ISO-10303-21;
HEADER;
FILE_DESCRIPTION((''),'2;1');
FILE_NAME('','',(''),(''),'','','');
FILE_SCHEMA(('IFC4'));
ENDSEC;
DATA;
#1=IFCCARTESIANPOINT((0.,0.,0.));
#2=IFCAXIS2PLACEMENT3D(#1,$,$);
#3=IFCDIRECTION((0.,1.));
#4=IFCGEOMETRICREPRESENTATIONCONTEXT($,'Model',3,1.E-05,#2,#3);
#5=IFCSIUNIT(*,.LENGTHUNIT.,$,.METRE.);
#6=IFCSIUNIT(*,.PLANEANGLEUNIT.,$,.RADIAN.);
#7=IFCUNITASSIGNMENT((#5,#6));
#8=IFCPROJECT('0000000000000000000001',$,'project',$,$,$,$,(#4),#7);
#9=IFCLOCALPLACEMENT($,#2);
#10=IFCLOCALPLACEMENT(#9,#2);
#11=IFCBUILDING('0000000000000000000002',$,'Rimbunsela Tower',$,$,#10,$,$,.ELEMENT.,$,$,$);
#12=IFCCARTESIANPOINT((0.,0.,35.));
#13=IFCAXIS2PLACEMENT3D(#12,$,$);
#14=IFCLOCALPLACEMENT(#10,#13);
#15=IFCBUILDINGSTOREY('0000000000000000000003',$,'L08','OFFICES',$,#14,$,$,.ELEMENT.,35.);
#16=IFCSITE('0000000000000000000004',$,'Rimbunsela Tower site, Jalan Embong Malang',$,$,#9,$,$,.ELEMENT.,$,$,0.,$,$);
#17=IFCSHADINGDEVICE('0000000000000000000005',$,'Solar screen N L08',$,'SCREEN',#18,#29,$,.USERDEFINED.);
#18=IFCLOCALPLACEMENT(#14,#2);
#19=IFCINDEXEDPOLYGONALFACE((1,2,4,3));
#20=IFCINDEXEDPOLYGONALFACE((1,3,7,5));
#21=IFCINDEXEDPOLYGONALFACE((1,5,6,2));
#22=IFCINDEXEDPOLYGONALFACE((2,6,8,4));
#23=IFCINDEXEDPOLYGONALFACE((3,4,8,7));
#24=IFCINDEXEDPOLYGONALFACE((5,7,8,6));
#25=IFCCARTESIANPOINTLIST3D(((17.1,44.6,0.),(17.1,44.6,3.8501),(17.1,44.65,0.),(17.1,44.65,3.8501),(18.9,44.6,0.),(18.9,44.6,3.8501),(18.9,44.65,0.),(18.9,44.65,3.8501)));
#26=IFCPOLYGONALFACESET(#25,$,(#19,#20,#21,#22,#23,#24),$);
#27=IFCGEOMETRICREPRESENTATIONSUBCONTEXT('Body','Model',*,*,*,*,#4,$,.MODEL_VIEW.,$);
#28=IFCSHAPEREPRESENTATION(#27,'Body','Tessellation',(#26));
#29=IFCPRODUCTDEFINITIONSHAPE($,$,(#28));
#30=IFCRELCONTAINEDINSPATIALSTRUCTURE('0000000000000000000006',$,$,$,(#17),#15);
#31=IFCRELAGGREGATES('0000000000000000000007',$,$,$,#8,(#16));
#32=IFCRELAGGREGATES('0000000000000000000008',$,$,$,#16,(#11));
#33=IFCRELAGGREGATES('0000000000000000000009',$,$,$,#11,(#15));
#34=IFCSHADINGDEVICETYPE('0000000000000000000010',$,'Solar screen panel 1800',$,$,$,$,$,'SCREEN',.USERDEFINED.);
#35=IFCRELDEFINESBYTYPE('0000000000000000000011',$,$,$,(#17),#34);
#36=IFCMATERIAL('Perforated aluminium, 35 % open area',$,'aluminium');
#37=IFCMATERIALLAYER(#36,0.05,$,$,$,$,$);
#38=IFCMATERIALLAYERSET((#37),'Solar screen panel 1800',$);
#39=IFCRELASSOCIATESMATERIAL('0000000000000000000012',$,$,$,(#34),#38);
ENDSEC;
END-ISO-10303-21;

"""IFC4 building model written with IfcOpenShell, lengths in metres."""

from ifc_helpers import new_model, si_unit, direction, frame, origin, origin_2d, place, context, subcontext, project, spatial, rectangle, extrude, material, layer, layer_set, type_object, element, save


model = new_model("IFC4")

# Units and contexts
model_context = context("Model", 3, precision=1e-05, world=origin(), true_north=direction((0.0, 1.0)))
body_context = subcontext(model_context, "Body", "Model", "MODEL_VIEW")
ifc_project = project(units=[si_unit("LENGTHUNIT", "METRE"), si_unit("PLANEANGLEUNIT", "RADIAN")], contexts=[model_context])

# Site, building, storey
site_placement = place(None, origin())
site = spatial("IfcSite", under=ifc_project, at=site_placement, Name="Rimbunsela Tower site, Jalan Embong Malang", CompositionType="ELEMENT", RefElevation=0.0)
building_placement = place(site_placement, origin())
building = spatial("IfcBuilding", under=site, at=building_placement, Name="Rimbunsela Tower", CompositionType="ELEMENT")
storey_placement = place(building_placement, frame((0.0, 0.0, 35.0)))
storey = spatial("IfcBuildingStorey", under=building, at=storey_placement, Name="L08", Description="OFFICES", CompositionType="ELEMENT", Elevation=35.0)

# Shading device
ifc_material_1 = material(Name="Perforated aluminium, 35 % open area", Category="aluminium")
ifc_layer_1 = layer(ifc_material_1, 0.05)
ifc_layer_set_1 = layer_set([ifc_layer_1], Name="Solar screen panel 1800")
shading_device_type = type_object("IfcShadingDeviceType", Name="Solar screen panel 1800", ElementType="SCREEN", PredefinedType="USERDEFINED", material=ifc_layer_set_1)
for number, where, z_axis, x_axis, name in (
    (1, (18.0, 44.625, 0.0), (0.0, 0.0, 1.0), (1.0, 0.0, 0.0), "Solar screen N L08"),
):
    element("IfcShadingDevice", number, at=place(storey_placement, frame(where, z_axis=z_axis, x_axis=x_axis)), inside=storey, type_object=shading_device_type, Name=name, ObjectType="SCREEN", PredefinedType="USERDEFINED", context=body_context, shape_type="SweptSolid", body=[
        extrude(rectangle(XDim=1.8, YDim=0.05, at=origin_2d()), origin(), (0.0, 0.0, 1.0), 3.8501),
    ])

save(model, "model.ifc")
